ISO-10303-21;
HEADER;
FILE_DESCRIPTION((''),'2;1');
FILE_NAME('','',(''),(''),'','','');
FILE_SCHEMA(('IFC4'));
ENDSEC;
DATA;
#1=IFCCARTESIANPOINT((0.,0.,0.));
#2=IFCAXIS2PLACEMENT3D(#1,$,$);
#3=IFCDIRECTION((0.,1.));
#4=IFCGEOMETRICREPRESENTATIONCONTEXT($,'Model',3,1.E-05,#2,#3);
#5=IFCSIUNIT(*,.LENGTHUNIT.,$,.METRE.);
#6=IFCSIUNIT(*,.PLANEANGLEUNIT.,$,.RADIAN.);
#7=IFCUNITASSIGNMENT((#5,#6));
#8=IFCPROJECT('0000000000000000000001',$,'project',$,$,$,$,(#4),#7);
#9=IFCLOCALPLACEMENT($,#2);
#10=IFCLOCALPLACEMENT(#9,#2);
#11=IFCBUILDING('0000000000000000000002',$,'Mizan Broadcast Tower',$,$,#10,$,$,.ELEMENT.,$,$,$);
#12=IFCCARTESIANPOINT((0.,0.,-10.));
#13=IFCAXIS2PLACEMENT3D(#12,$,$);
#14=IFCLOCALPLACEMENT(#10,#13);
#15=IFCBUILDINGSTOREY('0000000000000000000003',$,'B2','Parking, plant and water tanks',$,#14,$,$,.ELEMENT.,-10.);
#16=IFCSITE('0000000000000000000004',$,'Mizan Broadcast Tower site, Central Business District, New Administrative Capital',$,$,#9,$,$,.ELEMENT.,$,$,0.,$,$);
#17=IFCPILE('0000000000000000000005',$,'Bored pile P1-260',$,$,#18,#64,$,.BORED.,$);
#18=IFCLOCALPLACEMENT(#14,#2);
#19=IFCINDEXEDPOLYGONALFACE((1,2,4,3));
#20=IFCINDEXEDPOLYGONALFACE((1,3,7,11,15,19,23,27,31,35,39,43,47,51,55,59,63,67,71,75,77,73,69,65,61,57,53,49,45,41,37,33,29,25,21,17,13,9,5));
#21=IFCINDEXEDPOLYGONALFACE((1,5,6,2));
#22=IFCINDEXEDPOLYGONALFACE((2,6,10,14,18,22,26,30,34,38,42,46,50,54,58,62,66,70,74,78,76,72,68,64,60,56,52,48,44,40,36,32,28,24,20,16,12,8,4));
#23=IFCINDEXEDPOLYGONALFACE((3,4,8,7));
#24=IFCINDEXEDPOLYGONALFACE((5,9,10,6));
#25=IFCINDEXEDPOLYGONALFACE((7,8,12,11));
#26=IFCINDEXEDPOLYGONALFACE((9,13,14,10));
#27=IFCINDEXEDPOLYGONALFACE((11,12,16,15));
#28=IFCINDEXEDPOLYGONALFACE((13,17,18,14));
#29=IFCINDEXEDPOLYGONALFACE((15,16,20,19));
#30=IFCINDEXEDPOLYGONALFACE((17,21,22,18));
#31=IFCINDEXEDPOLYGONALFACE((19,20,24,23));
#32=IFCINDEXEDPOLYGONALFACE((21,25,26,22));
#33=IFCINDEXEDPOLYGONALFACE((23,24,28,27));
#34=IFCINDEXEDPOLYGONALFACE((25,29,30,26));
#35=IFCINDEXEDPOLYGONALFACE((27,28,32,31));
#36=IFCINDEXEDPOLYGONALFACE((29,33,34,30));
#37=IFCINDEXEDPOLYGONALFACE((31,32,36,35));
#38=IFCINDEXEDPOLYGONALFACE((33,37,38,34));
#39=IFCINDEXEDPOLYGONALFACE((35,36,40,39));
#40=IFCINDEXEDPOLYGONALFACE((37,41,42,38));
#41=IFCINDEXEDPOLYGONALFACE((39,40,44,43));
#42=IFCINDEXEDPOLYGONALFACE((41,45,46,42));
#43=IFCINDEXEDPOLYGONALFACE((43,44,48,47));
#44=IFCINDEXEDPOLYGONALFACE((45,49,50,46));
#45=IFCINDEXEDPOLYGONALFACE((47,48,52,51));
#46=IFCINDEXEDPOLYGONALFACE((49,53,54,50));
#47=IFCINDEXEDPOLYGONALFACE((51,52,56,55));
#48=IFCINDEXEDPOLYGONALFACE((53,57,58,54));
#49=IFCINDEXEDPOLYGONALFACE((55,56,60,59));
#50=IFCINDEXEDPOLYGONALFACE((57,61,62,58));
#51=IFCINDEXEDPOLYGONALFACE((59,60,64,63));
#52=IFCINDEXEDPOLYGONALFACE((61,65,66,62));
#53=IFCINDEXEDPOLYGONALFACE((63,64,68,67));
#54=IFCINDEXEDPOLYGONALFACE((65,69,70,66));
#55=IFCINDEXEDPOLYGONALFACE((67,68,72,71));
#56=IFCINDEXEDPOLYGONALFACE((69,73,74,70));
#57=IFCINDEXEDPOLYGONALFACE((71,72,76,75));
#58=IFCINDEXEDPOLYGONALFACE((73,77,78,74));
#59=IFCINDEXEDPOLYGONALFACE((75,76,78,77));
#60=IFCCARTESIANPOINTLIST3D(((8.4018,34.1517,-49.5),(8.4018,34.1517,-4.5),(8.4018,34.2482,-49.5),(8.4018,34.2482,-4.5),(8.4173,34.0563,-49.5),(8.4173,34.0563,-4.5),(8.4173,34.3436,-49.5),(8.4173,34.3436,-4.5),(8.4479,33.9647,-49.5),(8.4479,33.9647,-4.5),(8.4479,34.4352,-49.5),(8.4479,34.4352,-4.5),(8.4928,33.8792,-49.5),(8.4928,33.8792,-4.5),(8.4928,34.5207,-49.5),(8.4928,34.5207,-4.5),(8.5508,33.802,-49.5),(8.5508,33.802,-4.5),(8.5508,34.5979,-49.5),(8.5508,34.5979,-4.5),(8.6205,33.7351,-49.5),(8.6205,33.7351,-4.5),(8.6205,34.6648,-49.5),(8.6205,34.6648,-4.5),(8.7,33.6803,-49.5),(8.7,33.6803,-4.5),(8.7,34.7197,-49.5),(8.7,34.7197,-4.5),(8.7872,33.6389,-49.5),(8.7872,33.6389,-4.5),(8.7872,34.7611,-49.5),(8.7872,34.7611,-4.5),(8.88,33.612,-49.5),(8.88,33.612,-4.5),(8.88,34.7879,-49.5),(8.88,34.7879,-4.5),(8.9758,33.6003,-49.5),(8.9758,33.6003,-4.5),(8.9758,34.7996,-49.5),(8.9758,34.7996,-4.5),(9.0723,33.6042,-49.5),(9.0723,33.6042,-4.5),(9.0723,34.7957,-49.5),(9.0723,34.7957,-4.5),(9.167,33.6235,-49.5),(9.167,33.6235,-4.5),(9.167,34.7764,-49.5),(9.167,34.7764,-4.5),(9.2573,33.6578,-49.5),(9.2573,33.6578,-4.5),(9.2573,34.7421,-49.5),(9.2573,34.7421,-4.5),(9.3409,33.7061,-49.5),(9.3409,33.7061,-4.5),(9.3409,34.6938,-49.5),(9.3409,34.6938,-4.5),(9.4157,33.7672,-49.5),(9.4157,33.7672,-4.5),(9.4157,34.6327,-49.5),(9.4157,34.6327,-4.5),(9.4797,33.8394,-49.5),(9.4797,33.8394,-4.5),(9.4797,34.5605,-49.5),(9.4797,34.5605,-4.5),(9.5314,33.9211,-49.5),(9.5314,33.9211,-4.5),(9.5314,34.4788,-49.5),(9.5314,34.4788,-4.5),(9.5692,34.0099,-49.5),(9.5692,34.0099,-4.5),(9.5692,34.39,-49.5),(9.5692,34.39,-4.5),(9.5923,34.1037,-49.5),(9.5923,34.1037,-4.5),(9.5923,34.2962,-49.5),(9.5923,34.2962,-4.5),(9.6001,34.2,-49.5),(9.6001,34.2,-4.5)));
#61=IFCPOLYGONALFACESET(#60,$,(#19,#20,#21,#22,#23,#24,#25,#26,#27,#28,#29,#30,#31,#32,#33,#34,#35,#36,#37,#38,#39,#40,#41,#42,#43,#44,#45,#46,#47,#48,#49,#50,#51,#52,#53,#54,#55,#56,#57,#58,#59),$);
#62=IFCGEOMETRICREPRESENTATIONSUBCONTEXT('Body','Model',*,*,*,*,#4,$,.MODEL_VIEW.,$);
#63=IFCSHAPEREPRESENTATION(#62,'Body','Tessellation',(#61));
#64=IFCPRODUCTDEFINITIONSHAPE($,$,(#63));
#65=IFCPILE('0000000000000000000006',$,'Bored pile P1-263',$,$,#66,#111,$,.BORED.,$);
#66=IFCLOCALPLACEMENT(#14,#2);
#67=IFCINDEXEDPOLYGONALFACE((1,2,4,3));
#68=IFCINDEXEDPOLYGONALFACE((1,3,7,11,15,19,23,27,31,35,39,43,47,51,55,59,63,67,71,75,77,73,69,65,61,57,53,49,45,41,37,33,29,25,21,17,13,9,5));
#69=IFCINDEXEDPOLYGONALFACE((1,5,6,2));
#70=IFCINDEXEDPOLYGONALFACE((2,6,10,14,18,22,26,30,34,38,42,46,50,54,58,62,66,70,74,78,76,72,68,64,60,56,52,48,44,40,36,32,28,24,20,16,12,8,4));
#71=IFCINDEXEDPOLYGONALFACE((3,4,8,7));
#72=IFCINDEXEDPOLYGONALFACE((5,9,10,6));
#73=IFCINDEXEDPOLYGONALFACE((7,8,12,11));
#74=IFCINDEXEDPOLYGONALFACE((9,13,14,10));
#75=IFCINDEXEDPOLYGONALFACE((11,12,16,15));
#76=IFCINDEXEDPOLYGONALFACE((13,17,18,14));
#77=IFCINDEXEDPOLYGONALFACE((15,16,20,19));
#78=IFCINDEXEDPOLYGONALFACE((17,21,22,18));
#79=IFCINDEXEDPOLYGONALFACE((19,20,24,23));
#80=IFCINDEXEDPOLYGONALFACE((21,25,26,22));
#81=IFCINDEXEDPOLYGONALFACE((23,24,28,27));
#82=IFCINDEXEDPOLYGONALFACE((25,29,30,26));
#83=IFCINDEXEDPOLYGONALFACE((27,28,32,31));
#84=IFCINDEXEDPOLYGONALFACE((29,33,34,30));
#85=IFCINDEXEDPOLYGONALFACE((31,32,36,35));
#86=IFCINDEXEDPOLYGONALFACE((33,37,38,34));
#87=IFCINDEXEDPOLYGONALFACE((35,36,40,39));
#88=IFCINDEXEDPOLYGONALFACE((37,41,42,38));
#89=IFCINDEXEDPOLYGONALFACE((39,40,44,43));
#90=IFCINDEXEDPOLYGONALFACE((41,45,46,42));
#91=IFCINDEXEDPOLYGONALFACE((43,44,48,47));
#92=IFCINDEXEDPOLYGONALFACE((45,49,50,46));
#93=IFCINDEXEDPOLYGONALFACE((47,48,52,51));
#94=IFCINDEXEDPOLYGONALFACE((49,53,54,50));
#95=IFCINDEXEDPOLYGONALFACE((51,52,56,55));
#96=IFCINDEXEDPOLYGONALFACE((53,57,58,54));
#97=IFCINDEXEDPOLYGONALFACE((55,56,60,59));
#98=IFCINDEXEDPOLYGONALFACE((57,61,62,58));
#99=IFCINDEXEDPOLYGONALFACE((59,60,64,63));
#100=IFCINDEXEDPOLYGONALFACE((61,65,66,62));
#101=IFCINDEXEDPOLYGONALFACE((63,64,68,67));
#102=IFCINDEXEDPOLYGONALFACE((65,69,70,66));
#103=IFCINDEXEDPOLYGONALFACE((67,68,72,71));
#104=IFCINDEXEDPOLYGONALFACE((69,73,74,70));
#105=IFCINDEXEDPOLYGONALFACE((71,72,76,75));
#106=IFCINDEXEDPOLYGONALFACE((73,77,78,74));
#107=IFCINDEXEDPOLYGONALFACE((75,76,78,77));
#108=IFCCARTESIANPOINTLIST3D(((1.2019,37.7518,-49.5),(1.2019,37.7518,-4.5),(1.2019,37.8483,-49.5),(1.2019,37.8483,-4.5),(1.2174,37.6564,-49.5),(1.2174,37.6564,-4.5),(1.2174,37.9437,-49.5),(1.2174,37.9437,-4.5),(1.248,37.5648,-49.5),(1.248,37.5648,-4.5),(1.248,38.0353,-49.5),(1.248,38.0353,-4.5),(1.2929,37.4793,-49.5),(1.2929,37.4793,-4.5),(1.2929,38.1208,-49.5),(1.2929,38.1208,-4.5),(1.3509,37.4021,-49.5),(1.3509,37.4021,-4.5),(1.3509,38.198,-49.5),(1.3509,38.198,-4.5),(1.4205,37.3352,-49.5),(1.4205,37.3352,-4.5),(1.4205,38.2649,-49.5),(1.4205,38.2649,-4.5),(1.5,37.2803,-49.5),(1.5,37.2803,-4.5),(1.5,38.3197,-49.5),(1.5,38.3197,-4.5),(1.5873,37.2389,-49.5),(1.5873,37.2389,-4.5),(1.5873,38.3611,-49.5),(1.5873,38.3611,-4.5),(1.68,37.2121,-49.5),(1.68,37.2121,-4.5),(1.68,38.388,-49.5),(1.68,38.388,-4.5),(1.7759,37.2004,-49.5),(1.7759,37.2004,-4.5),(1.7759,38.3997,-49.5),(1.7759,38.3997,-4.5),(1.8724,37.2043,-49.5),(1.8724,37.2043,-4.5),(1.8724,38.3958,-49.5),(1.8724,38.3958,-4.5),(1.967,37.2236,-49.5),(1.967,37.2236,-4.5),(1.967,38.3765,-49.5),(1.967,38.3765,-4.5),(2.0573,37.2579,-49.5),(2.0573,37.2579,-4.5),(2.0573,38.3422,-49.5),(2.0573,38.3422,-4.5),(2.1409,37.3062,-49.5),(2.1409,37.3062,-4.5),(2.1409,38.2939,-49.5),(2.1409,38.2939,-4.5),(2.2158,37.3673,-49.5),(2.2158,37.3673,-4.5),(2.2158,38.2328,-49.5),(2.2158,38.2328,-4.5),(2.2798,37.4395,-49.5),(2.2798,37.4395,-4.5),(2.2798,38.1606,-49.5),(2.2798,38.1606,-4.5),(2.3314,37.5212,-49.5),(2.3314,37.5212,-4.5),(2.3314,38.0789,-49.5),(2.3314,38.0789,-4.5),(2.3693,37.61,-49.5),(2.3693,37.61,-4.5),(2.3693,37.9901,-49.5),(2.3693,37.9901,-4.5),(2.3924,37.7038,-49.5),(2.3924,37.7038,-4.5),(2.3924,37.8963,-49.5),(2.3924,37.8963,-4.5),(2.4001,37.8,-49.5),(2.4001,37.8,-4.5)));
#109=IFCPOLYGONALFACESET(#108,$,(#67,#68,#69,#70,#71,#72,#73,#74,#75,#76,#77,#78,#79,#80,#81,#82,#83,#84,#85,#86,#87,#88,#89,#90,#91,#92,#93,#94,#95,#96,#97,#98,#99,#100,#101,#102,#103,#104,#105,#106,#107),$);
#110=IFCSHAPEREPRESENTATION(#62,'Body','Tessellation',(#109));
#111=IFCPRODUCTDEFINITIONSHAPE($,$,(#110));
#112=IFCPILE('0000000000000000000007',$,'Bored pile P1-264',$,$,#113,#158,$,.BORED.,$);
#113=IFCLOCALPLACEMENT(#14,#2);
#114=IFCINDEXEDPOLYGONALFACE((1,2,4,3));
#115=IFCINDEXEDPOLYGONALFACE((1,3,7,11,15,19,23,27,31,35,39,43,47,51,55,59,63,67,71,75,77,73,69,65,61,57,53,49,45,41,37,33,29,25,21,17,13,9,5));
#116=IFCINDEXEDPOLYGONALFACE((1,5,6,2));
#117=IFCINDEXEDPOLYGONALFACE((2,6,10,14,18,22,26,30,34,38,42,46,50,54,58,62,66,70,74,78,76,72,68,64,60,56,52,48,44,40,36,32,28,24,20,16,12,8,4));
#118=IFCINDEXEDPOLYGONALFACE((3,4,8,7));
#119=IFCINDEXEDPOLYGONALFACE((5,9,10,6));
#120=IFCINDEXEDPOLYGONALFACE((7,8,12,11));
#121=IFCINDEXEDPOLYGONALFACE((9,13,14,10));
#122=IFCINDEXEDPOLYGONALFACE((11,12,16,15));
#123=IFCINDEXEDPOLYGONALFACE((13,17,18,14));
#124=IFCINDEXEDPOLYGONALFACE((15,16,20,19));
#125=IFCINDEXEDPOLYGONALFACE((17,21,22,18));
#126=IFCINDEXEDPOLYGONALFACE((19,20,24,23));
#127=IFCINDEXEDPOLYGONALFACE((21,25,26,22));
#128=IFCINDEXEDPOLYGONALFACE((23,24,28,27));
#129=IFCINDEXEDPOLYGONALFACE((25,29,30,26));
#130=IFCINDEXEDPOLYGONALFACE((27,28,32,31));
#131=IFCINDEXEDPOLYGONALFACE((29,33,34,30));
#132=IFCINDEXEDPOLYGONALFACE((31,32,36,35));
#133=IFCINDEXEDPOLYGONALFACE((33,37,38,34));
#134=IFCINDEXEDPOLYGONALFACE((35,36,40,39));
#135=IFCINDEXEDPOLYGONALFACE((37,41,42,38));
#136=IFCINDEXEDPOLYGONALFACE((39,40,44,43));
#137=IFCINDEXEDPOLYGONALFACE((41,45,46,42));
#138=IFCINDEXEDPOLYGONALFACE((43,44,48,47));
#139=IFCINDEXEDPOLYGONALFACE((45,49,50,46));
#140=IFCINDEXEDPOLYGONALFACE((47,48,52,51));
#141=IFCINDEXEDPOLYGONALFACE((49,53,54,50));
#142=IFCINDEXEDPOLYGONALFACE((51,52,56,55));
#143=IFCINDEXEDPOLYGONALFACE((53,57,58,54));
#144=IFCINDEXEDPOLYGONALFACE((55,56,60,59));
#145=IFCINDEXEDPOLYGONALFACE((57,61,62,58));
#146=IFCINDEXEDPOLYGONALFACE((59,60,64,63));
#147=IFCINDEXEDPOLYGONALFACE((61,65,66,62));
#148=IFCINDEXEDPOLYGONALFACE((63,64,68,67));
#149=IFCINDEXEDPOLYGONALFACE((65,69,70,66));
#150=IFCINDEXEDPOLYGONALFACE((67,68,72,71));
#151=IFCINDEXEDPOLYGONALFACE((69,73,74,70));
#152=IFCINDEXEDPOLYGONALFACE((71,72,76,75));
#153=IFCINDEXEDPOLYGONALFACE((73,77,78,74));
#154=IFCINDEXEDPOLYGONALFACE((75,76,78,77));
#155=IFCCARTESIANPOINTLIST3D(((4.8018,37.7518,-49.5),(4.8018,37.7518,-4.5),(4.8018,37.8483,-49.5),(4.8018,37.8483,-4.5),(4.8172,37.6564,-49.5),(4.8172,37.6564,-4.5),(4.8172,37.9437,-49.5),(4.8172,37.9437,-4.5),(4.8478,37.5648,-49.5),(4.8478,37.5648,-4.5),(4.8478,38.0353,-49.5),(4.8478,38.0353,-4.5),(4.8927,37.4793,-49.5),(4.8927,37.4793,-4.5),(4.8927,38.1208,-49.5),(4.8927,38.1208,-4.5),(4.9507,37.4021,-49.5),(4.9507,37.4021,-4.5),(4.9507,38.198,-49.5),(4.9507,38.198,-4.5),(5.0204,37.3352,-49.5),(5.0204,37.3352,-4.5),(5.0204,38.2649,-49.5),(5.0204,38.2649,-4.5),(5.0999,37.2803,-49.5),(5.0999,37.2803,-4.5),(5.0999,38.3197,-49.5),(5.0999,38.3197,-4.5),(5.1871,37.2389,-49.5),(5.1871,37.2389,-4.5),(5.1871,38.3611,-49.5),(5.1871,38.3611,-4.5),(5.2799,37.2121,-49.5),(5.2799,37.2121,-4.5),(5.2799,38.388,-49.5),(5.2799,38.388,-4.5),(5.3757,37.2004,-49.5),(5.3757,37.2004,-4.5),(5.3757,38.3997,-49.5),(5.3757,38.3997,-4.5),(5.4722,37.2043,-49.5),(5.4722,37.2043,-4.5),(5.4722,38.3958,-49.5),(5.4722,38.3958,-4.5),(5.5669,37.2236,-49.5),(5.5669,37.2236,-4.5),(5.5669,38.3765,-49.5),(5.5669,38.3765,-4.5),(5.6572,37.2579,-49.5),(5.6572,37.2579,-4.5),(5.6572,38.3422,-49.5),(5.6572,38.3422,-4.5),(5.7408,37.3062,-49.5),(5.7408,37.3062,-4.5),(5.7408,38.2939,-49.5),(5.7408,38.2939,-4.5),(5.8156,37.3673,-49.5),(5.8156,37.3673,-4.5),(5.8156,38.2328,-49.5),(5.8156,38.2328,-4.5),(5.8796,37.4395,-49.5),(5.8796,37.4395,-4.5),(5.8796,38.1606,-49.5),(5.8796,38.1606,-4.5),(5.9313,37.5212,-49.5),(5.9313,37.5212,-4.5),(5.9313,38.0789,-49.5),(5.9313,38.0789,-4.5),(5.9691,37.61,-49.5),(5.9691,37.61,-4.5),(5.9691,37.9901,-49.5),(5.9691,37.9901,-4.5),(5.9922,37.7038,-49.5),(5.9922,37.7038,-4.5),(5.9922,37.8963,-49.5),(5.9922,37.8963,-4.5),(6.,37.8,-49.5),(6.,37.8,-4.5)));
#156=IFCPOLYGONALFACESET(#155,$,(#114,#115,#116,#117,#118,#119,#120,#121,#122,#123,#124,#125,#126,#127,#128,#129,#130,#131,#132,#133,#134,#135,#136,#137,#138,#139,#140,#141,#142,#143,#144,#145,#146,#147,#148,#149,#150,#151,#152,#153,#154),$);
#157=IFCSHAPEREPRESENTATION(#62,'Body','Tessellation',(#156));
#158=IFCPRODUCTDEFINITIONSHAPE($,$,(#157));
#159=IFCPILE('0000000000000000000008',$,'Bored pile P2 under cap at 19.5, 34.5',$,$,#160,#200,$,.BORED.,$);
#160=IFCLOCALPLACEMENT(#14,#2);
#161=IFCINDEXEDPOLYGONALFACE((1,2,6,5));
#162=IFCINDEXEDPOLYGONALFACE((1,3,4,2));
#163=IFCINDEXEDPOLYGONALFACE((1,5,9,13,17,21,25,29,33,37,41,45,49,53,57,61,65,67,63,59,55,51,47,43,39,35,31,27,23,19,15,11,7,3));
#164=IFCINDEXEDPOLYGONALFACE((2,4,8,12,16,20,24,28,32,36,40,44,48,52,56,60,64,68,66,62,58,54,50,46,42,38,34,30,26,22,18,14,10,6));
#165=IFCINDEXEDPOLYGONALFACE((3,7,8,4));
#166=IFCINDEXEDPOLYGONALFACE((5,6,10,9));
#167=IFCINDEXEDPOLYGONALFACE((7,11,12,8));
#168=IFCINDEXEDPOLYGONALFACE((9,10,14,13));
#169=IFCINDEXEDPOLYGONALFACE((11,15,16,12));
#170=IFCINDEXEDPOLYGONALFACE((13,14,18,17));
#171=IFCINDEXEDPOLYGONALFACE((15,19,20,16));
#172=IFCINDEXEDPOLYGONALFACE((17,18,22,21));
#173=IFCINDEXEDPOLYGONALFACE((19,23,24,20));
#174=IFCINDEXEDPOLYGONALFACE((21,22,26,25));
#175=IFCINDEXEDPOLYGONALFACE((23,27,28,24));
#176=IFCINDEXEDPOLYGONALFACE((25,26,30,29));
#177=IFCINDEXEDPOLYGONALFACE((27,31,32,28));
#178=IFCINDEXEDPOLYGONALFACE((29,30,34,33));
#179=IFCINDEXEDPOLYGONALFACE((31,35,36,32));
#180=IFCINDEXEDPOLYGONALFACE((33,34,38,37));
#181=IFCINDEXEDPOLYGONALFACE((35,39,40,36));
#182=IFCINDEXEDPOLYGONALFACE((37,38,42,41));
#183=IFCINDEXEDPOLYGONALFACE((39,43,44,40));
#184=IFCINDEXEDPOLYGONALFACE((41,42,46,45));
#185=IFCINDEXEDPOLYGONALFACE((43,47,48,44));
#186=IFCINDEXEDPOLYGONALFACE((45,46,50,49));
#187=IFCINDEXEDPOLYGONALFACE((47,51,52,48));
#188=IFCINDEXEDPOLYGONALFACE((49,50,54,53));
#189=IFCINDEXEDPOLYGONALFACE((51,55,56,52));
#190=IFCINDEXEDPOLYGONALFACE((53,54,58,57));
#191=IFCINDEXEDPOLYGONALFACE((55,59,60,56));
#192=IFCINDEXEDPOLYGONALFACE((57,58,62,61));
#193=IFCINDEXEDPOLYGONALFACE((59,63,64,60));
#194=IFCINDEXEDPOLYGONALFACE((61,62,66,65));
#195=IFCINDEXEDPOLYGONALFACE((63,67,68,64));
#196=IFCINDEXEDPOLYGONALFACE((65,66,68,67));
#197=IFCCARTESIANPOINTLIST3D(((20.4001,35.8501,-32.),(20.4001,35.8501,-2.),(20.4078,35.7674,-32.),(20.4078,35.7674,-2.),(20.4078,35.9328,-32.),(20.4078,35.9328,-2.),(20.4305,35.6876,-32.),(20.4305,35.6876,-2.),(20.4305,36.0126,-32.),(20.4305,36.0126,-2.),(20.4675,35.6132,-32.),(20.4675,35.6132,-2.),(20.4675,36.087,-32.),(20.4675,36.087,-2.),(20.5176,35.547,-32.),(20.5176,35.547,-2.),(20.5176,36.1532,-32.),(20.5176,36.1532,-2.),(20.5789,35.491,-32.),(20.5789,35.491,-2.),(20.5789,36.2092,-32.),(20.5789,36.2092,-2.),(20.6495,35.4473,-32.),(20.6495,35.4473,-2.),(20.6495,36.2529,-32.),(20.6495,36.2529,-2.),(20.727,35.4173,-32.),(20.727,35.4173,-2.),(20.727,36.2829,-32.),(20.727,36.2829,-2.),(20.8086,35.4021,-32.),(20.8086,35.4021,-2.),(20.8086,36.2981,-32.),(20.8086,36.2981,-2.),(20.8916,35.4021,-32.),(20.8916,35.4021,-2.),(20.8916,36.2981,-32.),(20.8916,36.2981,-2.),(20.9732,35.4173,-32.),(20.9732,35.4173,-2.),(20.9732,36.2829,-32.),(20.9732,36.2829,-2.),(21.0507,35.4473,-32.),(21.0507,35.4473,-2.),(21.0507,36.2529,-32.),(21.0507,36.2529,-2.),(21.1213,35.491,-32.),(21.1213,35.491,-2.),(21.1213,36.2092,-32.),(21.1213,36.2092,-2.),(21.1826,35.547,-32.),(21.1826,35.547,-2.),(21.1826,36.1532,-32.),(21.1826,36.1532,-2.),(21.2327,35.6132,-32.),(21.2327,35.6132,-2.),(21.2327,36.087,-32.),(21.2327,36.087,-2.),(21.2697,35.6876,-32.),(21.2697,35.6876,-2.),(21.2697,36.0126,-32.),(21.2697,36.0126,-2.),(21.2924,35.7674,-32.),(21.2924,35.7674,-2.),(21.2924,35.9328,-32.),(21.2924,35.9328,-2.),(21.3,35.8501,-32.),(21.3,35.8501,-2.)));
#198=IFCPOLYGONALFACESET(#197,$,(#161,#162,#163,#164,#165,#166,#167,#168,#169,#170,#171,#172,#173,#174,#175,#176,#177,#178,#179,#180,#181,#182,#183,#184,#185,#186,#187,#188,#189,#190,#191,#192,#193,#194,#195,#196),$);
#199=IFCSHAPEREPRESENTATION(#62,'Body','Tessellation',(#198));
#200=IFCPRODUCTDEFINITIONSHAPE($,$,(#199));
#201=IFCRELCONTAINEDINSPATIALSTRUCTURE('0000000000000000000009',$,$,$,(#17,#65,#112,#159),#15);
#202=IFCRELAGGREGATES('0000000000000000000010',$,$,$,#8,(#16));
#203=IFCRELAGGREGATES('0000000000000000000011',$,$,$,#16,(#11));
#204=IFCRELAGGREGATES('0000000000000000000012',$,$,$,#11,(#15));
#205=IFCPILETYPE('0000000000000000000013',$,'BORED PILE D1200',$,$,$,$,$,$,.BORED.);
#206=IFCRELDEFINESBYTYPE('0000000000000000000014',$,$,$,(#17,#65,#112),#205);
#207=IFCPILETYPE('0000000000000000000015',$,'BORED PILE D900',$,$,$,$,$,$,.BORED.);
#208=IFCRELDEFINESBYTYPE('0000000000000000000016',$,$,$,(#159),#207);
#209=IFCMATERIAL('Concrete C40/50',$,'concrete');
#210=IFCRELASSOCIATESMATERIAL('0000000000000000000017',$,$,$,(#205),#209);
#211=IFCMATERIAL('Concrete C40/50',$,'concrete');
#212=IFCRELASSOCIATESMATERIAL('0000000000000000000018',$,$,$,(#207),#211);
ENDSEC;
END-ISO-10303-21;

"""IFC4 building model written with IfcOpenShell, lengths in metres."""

from ifc_helpers import new_model, si_unit, direction, frame, origin, origin_2d, place, context, subcontext, project, spatial, circle, extrude, material, material_profile, profile_set, type_object, element, save


model = new_model("IFC4")

# Units and contexts
model_context = context("Model", 3, precision=1e-05, world=origin(), true_north=direction((0.0, 1.0)))
body_context = subcontext(model_context, "Body", "Model", "MODEL_VIEW")
ifc_project = project(units=[si_unit("LENGTHUNIT", "METRE"), si_unit("PLANEANGLEUNIT", "RADIAN")], contexts=[model_context])

# Site, building, storey
site_placement = place(None, origin())
site = spatial("IfcSite", under=ifc_project, at=site_placement, Name="Mizan Broadcast Tower site, Central Business District, New Administrative Capital", CompositionType="ELEMENT", RefElevation=0.0)
building_placement = place(site_placement, origin())
building = spatial("IfcBuilding", under=site, at=building_placement, Name="Mizan Broadcast Tower", CompositionType="ELEMENT")
storey_placement = place(building_placement, frame((0.0, 0.0, -10.0)))
storey = spatial("IfcBuildingStorey", under=building, at=storey_placement, Name="B2", Description="Parking, plant and water tanks", CompositionType="ELEMENT", Elevation=-10.0)

# Piles
ifc_material_1 = material(Name="Concrete C40/50", Category="concrete")
ifc_material_profile_1 = material_profile(ifc_material_1, circle(Radius=0.6001, at=origin_2d()), Name="D1200")
ifc_profile_set_1 = profile_set([ifc_material_profile_1], Name="Concrete C40/50")
pile_type_1 = type_object("IfcPileType", Name="BORED PILE D1200", PredefinedType="BORED", material=ifc_profile_set_1)
for number, where, z_axis, x_axis, name in (
    (1, (9.0, 34.2, -4.5), (0.0, 0.0, -1.0), (1.0, 0.0, 0.0), "Bored pile P1-260"),
    (2, (1.8, 37.8, -4.5), (0.0, 0.0, -1.0), (1.0, 0.0, 0.0), "Bored pile P1-263"),
    (3, (5.3999, 37.8, -4.5), (0.0, 0.0, -1.0), (1.0, 0.0, 0.0), "Bored pile P1-264"),
):
    element("IfcPile", number, at=place(storey_placement, frame(where, z_axis=z_axis, x_axis=x_axis)), inside=storey, type_object=pile_type_1, Name=name, PredefinedType="BORED", context=body_context, shape_type="SweptSolid", body=[
        extrude(circle(Radius=0.6001, at=origin_2d()), origin(), (0.0, 0.0, 1.0), 45.0),
    ])
ifc_material_2 = material(Name="Concrete C40/50", Category="concrete")
ifc_material_profile_2 = material_profile(ifc_material_2, circle(Radius=0.45, at=origin_2d()), Name="D900")
ifc_profile_set_2 = profile_set([ifc_material_profile_2], Name="Concrete C40/50")
pile_type_2 = type_object("IfcPileType", Name="BORED PILE D900", PredefinedType="BORED", material=ifc_profile_set_2)
for number, where, z_axis, x_axis, name in (
    (4, (20.8501, 35.8501, -2.0), (0.0, 0.0, -1.0), (1.0, 0.0, 0.0), "Bored pile P2 under cap at 19.5, 34.5"),
):
    element("IfcPile", number, at=place(storey_placement, frame(where, z_axis=z_axis, x_axis=x_axis)), inside=storey, type_object=pile_type_2, Name=name, PredefinedType="BORED", context=body_context, shape_type="SweptSolid", body=[
        extrude(circle(Radius=0.45, at=origin_2d()), origin(), (0.0, 0.0, 1.0), 30.0),
    ])

save(model, "model.ifc")
